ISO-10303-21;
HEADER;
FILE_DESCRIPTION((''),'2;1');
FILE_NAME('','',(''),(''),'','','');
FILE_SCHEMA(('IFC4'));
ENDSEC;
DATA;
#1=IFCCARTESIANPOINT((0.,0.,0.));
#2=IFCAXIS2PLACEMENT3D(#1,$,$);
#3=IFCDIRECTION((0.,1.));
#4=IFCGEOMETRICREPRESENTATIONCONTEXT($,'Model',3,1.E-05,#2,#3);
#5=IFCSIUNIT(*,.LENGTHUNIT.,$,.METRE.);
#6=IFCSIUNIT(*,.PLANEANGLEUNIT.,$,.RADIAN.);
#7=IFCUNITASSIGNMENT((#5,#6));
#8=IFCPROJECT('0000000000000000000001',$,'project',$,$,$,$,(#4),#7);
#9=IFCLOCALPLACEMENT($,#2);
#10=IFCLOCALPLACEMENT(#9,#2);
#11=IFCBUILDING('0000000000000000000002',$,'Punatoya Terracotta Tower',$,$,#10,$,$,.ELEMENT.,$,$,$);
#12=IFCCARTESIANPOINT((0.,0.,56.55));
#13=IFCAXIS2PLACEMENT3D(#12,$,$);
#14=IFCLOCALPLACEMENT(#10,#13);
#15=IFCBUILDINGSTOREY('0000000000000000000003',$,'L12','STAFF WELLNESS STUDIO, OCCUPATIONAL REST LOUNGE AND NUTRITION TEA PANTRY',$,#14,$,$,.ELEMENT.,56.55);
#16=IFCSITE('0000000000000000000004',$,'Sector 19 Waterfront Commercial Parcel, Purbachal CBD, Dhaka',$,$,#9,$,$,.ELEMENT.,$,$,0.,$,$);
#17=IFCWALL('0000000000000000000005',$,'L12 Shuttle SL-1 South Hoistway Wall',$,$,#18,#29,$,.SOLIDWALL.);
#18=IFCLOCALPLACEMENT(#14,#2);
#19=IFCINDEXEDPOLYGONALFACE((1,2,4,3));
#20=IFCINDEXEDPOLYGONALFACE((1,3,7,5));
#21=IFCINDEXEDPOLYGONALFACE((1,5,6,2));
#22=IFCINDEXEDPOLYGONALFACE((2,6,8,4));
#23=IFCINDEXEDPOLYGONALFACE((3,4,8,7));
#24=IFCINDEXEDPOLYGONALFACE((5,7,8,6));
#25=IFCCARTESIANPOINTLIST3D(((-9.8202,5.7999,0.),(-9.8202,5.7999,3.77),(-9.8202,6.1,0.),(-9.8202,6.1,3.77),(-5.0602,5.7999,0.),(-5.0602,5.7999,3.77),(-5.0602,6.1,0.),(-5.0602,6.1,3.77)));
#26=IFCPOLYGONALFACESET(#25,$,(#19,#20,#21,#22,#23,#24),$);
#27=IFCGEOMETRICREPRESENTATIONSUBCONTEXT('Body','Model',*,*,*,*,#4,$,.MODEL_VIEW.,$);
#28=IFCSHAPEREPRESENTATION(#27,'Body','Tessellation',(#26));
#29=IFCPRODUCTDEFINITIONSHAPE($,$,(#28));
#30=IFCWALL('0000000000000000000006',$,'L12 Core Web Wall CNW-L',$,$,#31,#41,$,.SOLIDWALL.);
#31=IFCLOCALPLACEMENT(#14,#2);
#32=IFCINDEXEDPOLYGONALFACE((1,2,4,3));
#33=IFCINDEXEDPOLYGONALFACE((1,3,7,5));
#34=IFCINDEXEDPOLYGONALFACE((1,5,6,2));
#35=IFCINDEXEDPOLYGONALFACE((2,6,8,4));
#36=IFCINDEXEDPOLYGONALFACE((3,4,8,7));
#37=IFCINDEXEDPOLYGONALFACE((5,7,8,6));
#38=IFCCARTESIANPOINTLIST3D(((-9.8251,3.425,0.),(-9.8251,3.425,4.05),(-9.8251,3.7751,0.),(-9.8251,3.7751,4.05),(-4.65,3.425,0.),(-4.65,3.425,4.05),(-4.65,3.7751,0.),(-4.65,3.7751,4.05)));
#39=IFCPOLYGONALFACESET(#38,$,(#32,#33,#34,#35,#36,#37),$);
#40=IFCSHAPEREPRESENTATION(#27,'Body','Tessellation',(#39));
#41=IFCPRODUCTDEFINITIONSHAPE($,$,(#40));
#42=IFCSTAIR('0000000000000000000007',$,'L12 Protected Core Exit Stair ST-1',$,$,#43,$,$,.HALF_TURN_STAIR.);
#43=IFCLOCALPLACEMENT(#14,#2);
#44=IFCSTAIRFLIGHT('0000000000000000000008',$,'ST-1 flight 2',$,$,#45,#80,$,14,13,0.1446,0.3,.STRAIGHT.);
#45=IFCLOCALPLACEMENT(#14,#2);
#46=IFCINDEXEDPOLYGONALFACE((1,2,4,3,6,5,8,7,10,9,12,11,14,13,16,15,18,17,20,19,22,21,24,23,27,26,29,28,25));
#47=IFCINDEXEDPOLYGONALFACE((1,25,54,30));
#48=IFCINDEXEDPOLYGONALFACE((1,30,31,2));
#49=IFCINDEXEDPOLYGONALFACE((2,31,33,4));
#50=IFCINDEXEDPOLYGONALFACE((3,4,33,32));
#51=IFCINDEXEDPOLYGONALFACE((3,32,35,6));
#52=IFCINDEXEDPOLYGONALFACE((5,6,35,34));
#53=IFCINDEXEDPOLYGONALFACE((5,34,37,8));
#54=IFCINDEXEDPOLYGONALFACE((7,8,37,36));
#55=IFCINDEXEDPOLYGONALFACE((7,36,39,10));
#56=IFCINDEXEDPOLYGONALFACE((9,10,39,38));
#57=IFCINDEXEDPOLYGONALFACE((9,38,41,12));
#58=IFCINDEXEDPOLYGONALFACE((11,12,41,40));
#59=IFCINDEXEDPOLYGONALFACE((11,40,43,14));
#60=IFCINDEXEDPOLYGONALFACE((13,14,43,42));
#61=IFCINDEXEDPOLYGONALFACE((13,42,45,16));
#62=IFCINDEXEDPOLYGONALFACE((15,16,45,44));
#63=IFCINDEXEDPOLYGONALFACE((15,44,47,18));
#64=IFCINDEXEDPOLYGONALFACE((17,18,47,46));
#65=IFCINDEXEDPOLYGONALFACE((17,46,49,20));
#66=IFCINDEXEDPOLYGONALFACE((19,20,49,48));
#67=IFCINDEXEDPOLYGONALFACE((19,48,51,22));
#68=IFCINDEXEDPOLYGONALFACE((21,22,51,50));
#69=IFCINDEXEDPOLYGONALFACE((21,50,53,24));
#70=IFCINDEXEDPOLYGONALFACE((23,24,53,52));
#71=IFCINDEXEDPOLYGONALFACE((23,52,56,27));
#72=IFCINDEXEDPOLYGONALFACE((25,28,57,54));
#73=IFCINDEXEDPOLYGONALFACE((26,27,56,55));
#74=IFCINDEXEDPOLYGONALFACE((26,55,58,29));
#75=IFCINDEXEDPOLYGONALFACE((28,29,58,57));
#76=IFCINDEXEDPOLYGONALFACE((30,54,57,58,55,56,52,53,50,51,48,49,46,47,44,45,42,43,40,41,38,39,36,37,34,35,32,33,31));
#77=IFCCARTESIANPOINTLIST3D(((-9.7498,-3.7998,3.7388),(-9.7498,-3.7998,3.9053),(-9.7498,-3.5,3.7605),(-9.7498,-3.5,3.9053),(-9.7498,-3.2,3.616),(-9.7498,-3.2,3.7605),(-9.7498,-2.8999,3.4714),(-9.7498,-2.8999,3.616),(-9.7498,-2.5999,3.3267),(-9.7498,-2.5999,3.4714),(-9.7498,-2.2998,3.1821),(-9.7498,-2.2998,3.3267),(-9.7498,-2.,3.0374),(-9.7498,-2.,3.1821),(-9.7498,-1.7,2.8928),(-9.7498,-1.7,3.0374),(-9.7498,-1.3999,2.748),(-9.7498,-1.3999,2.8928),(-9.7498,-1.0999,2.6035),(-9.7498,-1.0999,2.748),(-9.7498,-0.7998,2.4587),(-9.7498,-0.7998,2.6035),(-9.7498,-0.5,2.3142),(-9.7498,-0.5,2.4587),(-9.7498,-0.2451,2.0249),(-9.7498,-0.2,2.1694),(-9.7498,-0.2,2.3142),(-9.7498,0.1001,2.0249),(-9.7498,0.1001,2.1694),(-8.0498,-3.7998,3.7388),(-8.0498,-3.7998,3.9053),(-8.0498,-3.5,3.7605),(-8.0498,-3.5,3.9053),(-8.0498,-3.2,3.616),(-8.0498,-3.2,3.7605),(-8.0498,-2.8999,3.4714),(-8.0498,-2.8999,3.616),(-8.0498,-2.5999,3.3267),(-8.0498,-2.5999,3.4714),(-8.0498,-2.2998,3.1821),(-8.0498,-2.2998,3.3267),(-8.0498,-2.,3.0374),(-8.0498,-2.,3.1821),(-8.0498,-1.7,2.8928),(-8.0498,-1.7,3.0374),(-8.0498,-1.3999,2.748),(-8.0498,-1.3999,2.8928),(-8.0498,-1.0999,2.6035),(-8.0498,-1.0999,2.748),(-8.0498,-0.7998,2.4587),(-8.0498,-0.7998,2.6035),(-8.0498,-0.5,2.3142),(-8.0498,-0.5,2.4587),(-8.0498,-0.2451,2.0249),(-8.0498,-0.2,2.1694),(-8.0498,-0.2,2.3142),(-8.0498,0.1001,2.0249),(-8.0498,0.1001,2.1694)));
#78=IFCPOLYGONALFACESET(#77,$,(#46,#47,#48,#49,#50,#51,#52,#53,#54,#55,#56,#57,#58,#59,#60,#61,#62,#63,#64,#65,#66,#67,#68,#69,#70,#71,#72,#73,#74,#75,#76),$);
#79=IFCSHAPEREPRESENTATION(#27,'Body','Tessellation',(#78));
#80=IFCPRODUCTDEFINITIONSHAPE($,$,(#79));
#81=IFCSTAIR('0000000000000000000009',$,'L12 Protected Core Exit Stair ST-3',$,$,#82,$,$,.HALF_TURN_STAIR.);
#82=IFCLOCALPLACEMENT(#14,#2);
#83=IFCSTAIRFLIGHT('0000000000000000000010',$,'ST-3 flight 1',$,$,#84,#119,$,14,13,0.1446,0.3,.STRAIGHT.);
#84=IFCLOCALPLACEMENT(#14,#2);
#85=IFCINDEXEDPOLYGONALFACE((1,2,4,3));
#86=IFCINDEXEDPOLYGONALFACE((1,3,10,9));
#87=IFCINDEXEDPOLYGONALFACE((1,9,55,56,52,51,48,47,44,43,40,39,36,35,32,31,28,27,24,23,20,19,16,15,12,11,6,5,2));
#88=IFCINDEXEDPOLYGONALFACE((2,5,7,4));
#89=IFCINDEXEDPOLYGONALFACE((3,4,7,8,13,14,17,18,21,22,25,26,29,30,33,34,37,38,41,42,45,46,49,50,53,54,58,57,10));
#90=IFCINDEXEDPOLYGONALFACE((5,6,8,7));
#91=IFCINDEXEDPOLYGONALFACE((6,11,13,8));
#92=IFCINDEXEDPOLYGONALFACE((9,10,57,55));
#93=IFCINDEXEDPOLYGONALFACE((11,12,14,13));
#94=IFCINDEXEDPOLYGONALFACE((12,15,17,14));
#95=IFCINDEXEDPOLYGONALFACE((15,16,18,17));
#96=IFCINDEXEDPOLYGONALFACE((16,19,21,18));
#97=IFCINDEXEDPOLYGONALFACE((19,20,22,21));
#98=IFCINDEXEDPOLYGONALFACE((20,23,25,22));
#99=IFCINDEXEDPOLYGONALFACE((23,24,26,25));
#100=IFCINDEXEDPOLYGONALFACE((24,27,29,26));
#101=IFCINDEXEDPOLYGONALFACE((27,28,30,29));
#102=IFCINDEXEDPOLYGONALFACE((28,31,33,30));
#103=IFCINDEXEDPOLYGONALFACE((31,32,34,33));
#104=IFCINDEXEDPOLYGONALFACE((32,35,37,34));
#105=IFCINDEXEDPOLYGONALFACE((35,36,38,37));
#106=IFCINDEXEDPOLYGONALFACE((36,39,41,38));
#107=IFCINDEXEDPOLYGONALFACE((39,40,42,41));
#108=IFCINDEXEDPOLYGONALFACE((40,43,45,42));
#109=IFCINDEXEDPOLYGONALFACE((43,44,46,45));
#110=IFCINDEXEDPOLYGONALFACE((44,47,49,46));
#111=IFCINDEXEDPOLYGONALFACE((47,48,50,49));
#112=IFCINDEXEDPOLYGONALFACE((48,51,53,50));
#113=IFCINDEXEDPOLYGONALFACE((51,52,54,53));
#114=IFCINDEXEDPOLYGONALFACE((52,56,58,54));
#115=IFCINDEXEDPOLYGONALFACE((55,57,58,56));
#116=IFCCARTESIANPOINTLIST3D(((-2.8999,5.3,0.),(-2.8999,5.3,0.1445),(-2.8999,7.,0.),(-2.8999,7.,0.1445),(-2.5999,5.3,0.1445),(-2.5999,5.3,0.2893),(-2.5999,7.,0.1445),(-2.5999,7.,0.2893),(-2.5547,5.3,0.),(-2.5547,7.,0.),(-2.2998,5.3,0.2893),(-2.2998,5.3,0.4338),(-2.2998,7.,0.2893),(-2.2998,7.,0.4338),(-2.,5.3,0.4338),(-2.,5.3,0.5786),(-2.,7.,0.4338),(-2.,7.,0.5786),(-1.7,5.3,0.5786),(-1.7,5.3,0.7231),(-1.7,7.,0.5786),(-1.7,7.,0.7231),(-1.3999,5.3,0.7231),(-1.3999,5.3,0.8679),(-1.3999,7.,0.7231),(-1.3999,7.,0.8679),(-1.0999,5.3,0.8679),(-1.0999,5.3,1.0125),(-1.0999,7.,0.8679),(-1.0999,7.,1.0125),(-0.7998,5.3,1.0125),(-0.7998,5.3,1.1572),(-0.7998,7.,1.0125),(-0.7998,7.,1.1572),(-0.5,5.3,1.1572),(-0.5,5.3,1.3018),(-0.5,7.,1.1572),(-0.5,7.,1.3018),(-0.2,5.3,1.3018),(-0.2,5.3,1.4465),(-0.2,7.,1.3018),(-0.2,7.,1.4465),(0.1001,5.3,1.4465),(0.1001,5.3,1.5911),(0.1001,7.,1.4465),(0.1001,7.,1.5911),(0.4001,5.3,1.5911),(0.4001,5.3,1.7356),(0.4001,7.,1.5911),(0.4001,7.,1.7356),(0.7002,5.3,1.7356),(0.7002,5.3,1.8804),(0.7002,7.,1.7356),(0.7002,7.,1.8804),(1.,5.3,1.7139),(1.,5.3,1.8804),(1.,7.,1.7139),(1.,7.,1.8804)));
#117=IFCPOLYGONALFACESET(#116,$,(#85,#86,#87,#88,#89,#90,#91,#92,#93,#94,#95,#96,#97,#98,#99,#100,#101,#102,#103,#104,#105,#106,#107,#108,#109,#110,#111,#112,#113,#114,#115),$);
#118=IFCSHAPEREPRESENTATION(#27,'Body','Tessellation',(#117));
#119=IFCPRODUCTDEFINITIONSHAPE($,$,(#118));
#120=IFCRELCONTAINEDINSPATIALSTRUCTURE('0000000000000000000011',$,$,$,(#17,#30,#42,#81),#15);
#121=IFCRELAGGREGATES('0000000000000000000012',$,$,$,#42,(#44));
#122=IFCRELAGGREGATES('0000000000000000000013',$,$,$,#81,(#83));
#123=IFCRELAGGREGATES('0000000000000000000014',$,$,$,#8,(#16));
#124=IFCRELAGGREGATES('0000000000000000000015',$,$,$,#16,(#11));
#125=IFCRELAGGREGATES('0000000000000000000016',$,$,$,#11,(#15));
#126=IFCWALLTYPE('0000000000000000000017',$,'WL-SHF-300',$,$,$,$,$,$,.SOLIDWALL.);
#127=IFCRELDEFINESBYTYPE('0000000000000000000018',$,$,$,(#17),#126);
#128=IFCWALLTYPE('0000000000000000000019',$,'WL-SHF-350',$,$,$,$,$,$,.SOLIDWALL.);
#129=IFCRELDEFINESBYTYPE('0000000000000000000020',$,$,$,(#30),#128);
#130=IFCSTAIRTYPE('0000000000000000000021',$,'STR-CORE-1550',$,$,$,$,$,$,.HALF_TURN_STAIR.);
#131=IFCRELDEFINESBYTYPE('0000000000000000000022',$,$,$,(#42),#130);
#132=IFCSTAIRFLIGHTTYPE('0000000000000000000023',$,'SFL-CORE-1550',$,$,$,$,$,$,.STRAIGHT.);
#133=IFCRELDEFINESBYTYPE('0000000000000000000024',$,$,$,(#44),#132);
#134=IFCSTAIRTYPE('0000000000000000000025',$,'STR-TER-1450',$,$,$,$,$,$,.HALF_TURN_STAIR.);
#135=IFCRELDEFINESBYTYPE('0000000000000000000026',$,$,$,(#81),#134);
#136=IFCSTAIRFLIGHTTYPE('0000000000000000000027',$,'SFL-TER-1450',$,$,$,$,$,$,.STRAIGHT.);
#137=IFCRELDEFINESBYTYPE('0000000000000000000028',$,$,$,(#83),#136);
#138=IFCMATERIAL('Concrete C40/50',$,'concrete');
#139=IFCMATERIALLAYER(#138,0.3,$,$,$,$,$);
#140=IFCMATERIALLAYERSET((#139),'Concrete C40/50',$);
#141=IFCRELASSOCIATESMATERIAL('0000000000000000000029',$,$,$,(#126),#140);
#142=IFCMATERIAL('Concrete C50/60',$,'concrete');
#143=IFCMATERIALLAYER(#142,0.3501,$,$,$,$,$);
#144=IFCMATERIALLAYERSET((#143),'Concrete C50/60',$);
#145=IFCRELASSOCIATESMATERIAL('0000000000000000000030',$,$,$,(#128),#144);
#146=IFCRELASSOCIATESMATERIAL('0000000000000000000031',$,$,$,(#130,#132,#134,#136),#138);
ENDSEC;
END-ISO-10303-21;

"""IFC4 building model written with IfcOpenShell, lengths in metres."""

from ifc_helpers import new_model, si_unit, direction, frame, frame_2d, origin, place, context, subcontext, project, spatial, polyline, rectangle, outline, extrude, material, layer, layer_set, type_object, element, aggregate, save


model = new_model("IFC4")

# Units and contexts
model_context = context("Model", 3, precision=1e-05, world=origin(), true_north=direction((0.0, 1.0)))
body_context = subcontext(model_context, "Body", "Model", "MODEL_VIEW")
ifc_project = project(units=[si_unit("LENGTHUNIT", "METRE"), si_unit("PLANEANGLEUNIT", "RADIAN")], contexts=[model_context])

# Site, building, storey
site_placement = place(None, origin())
site = spatial("IfcSite", under=ifc_project, at=site_placement, Name="Sector 19 Waterfront Commercial Parcel, Purbachal CBD, Dhaka", CompositionType="ELEMENT", RefElevation=0.0)
building_placement = place(site_placement, origin())
building = spatial("IfcBuilding", under=site, at=building_placement, Name="Punatoya Terracotta Tower", CompositionType="ELEMENT")
storey_placement = place(building_placement, frame((0.0, 0.0, 56.55)))
storey = spatial("IfcBuildingStorey", under=building, at=storey_placement, Name="L12", Description="STAFF WELLNESS STUDIO, OCCUPATIONAL REST LOUNGE AND NUTRITION TEA PANTRY", CompositionType="ELEMENT", Elevation=56.55)

# Shared definitions
ifc_material_1 = material(Name="Concrete C40/50", Category="concrete")
ifc_layer_1 = layer(ifc_material_1, 0.3)
ifc_layer_set_1 = layer_set([ifc_layer_1], Name="Concrete C40/50")
wall_type_1 = type_object("IfcWallType", Name="WL-SHF-300", PredefinedType="SOLIDWALL", material=ifc_layer_set_1)

# Walls
wall_1_placement = place(storey_placement, frame((-9.8201, 5.95, 0.0), z_axis=(0.0, 0.0, 1.0), x_axis=(1.0, 0.0, 0.0)))
element("IfcWall", 1, at=wall_1_placement, inside=storey, type_object=wall_type_1, Name="L12 Shuttle SL-1 South Hoistway Wall", PredefinedType="SOLIDWALL", context=body_context, shape_type="SweptSolid", body=[
    extrude(rectangle(XDim=4.76, YDim=0.3, at=frame_2d((2.3799, 0.0))), origin(), (0.0, 0.0, 1.0), 3.77),
])
ifc_material_2 = material(Name="Concrete C50/60", Category="concrete")
ifc_layer_2 = layer(ifc_material_2, 0.3501)
ifc_layer_set_2 = layer_set([ifc_layer_2], Name="Concrete C50/60")
wall_type_2 = type_object("IfcWallType", Name="WL-SHF-350", PredefinedType="SOLIDWALL", material=ifc_layer_set_2)
wall_2_placement = place(storey_placement, frame((-9.825, 3.6001, 0.0), z_axis=(0.0, 0.0, 1.0), x_axis=(1.0, 0.0, 0.0)))
element("IfcWall", 2, at=wall_2_placement, inside=storey, type_object=wall_type_2, Name="L12 Core Web Wall CNW-L", PredefinedType="SOLIDWALL", context=body_context, shape_type="SweptSolid", body=[
    extrude(rectangle(XDim=5.175, YDim=0.3501, at=frame_2d((2.5874, 0.0))), origin(), (0.0, 0.0, 1.0), 4.05),
])

# Stairs, stair flights
stair_type_1 = type_object("IfcStairType", Name="STR-CORE-1550", PredefinedType="HALF_TURN_STAIR", material=ifc_material_1)
stair_1_placement = place(storey_placement, origin())
stair_1 = element("IfcStair", 3, at=stair_1_placement, inside=storey, type_object=stair_type_1, Name="L12 Protected Core Exit Stair ST-1", PredefinedType="HALF_TURN_STAIR")
stair_flight_type_1 = type_object("IfcStairFlightType", Name="SFL-CORE-1550", PredefinedType="STRAIGHT", material=ifc_material_1)
stair_flight_1_placement = place(storey_placement, frame((-8.8999, 0.1001, 2.0249), z_axis=(0.0, 0.0, 1.0), x_axis=(0.0, -1.0, 0.0)))
stair_flight_1 = element("IfcStairFlight", 4, at=stair_flight_1_placement, type_object=stair_flight_type_1, Name="ST-1 flight 2", NumberOfRisers=14, NumberOfTreads=13, PredefinedType="STRAIGHT", RiserHeight=0.1446, TreadLength=0.3, context=body_context, shape_type="SweptSolid", body=[
    extrude(outline(polyline([(0.0, 0.0), (0.0, 0.1445), (0.3, 0.1445), (0.3, 0.2893), (0.6001, 0.2893), (0.6001, 0.4338), (0.8999, 0.4338), (0.8999, 0.5786), (1.2, 0.5786), (1.2, 0.7231), (1.5, 0.7231), (1.5, 0.8679), (1.8, 0.8679), (1.8, 1.0125), (2.1001, 1.0125), (2.1001, 1.1572), (2.3999, 1.1572), (2.3999, 1.3018), (2.7, 1.3018), (2.7, 1.4465), (3.0, 1.4465), (3.0, 1.5911), (3.3, 1.5911), (3.3, 1.7356), (3.6001, 1.7356), (3.6001, 1.8804), (3.8999, 1.8804), (3.8999, 2.0249), (3.8999, 1.7139), (0.3452, 0.0), (0.0, 0.0)])), frame((0.0, 0.8501, 0.0), z_axis=(0.0, -1.0, 0.0), x_axis=(1.0, 0.0, 0.0)), (0.0, 0.0, 1.0), 1.7),
])
aggregate(stair_1, [stair_flight_1])
stair_type_2 = type_object("IfcStairType", Name="STR-TER-1450", PredefinedType="HALF_TURN_STAIR", material=ifc_material_1)
stair_2_placement = place(storey_placement, origin())
stair_2 = element("IfcStair", 5, at=stair_2_placement, inside=storey, type_object=stair_type_2, Name="L12 Protected Core Exit Stair ST-3", PredefinedType="HALF_TURN_STAIR")
stair_flight_type_2 = type_object("IfcStairFlightType", Name="SFL-TER-1450", PredefinedType="STRAIGHT", material=ifc_material_1)
stair_flight_2_placement = place(storey_placement, frame((-2.8999, 6.1499, 0.0), z_axis=(0.0, 0.0, 1.0), x_axis=(1.0, 0.0, 0.0)))
stair_flight_2 = element("IfcStairFlight", 6, at=stair_flight_2_placement, type_object=stair_flight_type_2, Name="ST-3 flight 1", NumberOfRisers=14, NumberOfTreads=13, PredefinedType="STRAIGHT", RiserHeight=0.1446, TreadLength=0.3, context=body_context, shape_type="SweptSolid", body=[
    extrude(outline(polyline([(0.0, 0.0), (0.0, 0.1445), (0.3, 0.1445), (0.3, 0.2893), (0.6001, 0.2893), (0.6001, 0.4338), (0.8999, 0.4338), (0.8999, 0.5786), (1.2, 0.5786), (1.2, 0.7231), (1.5, 0.7231), (1.5, 0.8679), (1.8, 0.8679), (1.8, 1.0125), (2.1001, 1.0125), (2.1001, 1.1572), (2.3999, 1.1572), (2.3999, 1.3018), (2.7, 1.3018), (2.7, 1.4465), (3.0, 1.4465), (3.0, 1.5911), (3.3, 1.5911), (3.3, 1.7356), (3.6001, 1.7356), (3.6001, 1.8804), (3.8999, 1.8804), (3.8999, 2.0249), (3.8999, 1.7139), (0.3452, 0.0), (0.0, 0.0)])), frame((0.0, 0.8501, 0.0), z_axis=(0.0, -1.0, 0.0), x_axis=(1.0, 0.0, 0.0)), (0.0, 0.0, 1.0), 1.7),
])
aggregate(stair_2, [stair_flight_2])

save(model, "model.ifc")
